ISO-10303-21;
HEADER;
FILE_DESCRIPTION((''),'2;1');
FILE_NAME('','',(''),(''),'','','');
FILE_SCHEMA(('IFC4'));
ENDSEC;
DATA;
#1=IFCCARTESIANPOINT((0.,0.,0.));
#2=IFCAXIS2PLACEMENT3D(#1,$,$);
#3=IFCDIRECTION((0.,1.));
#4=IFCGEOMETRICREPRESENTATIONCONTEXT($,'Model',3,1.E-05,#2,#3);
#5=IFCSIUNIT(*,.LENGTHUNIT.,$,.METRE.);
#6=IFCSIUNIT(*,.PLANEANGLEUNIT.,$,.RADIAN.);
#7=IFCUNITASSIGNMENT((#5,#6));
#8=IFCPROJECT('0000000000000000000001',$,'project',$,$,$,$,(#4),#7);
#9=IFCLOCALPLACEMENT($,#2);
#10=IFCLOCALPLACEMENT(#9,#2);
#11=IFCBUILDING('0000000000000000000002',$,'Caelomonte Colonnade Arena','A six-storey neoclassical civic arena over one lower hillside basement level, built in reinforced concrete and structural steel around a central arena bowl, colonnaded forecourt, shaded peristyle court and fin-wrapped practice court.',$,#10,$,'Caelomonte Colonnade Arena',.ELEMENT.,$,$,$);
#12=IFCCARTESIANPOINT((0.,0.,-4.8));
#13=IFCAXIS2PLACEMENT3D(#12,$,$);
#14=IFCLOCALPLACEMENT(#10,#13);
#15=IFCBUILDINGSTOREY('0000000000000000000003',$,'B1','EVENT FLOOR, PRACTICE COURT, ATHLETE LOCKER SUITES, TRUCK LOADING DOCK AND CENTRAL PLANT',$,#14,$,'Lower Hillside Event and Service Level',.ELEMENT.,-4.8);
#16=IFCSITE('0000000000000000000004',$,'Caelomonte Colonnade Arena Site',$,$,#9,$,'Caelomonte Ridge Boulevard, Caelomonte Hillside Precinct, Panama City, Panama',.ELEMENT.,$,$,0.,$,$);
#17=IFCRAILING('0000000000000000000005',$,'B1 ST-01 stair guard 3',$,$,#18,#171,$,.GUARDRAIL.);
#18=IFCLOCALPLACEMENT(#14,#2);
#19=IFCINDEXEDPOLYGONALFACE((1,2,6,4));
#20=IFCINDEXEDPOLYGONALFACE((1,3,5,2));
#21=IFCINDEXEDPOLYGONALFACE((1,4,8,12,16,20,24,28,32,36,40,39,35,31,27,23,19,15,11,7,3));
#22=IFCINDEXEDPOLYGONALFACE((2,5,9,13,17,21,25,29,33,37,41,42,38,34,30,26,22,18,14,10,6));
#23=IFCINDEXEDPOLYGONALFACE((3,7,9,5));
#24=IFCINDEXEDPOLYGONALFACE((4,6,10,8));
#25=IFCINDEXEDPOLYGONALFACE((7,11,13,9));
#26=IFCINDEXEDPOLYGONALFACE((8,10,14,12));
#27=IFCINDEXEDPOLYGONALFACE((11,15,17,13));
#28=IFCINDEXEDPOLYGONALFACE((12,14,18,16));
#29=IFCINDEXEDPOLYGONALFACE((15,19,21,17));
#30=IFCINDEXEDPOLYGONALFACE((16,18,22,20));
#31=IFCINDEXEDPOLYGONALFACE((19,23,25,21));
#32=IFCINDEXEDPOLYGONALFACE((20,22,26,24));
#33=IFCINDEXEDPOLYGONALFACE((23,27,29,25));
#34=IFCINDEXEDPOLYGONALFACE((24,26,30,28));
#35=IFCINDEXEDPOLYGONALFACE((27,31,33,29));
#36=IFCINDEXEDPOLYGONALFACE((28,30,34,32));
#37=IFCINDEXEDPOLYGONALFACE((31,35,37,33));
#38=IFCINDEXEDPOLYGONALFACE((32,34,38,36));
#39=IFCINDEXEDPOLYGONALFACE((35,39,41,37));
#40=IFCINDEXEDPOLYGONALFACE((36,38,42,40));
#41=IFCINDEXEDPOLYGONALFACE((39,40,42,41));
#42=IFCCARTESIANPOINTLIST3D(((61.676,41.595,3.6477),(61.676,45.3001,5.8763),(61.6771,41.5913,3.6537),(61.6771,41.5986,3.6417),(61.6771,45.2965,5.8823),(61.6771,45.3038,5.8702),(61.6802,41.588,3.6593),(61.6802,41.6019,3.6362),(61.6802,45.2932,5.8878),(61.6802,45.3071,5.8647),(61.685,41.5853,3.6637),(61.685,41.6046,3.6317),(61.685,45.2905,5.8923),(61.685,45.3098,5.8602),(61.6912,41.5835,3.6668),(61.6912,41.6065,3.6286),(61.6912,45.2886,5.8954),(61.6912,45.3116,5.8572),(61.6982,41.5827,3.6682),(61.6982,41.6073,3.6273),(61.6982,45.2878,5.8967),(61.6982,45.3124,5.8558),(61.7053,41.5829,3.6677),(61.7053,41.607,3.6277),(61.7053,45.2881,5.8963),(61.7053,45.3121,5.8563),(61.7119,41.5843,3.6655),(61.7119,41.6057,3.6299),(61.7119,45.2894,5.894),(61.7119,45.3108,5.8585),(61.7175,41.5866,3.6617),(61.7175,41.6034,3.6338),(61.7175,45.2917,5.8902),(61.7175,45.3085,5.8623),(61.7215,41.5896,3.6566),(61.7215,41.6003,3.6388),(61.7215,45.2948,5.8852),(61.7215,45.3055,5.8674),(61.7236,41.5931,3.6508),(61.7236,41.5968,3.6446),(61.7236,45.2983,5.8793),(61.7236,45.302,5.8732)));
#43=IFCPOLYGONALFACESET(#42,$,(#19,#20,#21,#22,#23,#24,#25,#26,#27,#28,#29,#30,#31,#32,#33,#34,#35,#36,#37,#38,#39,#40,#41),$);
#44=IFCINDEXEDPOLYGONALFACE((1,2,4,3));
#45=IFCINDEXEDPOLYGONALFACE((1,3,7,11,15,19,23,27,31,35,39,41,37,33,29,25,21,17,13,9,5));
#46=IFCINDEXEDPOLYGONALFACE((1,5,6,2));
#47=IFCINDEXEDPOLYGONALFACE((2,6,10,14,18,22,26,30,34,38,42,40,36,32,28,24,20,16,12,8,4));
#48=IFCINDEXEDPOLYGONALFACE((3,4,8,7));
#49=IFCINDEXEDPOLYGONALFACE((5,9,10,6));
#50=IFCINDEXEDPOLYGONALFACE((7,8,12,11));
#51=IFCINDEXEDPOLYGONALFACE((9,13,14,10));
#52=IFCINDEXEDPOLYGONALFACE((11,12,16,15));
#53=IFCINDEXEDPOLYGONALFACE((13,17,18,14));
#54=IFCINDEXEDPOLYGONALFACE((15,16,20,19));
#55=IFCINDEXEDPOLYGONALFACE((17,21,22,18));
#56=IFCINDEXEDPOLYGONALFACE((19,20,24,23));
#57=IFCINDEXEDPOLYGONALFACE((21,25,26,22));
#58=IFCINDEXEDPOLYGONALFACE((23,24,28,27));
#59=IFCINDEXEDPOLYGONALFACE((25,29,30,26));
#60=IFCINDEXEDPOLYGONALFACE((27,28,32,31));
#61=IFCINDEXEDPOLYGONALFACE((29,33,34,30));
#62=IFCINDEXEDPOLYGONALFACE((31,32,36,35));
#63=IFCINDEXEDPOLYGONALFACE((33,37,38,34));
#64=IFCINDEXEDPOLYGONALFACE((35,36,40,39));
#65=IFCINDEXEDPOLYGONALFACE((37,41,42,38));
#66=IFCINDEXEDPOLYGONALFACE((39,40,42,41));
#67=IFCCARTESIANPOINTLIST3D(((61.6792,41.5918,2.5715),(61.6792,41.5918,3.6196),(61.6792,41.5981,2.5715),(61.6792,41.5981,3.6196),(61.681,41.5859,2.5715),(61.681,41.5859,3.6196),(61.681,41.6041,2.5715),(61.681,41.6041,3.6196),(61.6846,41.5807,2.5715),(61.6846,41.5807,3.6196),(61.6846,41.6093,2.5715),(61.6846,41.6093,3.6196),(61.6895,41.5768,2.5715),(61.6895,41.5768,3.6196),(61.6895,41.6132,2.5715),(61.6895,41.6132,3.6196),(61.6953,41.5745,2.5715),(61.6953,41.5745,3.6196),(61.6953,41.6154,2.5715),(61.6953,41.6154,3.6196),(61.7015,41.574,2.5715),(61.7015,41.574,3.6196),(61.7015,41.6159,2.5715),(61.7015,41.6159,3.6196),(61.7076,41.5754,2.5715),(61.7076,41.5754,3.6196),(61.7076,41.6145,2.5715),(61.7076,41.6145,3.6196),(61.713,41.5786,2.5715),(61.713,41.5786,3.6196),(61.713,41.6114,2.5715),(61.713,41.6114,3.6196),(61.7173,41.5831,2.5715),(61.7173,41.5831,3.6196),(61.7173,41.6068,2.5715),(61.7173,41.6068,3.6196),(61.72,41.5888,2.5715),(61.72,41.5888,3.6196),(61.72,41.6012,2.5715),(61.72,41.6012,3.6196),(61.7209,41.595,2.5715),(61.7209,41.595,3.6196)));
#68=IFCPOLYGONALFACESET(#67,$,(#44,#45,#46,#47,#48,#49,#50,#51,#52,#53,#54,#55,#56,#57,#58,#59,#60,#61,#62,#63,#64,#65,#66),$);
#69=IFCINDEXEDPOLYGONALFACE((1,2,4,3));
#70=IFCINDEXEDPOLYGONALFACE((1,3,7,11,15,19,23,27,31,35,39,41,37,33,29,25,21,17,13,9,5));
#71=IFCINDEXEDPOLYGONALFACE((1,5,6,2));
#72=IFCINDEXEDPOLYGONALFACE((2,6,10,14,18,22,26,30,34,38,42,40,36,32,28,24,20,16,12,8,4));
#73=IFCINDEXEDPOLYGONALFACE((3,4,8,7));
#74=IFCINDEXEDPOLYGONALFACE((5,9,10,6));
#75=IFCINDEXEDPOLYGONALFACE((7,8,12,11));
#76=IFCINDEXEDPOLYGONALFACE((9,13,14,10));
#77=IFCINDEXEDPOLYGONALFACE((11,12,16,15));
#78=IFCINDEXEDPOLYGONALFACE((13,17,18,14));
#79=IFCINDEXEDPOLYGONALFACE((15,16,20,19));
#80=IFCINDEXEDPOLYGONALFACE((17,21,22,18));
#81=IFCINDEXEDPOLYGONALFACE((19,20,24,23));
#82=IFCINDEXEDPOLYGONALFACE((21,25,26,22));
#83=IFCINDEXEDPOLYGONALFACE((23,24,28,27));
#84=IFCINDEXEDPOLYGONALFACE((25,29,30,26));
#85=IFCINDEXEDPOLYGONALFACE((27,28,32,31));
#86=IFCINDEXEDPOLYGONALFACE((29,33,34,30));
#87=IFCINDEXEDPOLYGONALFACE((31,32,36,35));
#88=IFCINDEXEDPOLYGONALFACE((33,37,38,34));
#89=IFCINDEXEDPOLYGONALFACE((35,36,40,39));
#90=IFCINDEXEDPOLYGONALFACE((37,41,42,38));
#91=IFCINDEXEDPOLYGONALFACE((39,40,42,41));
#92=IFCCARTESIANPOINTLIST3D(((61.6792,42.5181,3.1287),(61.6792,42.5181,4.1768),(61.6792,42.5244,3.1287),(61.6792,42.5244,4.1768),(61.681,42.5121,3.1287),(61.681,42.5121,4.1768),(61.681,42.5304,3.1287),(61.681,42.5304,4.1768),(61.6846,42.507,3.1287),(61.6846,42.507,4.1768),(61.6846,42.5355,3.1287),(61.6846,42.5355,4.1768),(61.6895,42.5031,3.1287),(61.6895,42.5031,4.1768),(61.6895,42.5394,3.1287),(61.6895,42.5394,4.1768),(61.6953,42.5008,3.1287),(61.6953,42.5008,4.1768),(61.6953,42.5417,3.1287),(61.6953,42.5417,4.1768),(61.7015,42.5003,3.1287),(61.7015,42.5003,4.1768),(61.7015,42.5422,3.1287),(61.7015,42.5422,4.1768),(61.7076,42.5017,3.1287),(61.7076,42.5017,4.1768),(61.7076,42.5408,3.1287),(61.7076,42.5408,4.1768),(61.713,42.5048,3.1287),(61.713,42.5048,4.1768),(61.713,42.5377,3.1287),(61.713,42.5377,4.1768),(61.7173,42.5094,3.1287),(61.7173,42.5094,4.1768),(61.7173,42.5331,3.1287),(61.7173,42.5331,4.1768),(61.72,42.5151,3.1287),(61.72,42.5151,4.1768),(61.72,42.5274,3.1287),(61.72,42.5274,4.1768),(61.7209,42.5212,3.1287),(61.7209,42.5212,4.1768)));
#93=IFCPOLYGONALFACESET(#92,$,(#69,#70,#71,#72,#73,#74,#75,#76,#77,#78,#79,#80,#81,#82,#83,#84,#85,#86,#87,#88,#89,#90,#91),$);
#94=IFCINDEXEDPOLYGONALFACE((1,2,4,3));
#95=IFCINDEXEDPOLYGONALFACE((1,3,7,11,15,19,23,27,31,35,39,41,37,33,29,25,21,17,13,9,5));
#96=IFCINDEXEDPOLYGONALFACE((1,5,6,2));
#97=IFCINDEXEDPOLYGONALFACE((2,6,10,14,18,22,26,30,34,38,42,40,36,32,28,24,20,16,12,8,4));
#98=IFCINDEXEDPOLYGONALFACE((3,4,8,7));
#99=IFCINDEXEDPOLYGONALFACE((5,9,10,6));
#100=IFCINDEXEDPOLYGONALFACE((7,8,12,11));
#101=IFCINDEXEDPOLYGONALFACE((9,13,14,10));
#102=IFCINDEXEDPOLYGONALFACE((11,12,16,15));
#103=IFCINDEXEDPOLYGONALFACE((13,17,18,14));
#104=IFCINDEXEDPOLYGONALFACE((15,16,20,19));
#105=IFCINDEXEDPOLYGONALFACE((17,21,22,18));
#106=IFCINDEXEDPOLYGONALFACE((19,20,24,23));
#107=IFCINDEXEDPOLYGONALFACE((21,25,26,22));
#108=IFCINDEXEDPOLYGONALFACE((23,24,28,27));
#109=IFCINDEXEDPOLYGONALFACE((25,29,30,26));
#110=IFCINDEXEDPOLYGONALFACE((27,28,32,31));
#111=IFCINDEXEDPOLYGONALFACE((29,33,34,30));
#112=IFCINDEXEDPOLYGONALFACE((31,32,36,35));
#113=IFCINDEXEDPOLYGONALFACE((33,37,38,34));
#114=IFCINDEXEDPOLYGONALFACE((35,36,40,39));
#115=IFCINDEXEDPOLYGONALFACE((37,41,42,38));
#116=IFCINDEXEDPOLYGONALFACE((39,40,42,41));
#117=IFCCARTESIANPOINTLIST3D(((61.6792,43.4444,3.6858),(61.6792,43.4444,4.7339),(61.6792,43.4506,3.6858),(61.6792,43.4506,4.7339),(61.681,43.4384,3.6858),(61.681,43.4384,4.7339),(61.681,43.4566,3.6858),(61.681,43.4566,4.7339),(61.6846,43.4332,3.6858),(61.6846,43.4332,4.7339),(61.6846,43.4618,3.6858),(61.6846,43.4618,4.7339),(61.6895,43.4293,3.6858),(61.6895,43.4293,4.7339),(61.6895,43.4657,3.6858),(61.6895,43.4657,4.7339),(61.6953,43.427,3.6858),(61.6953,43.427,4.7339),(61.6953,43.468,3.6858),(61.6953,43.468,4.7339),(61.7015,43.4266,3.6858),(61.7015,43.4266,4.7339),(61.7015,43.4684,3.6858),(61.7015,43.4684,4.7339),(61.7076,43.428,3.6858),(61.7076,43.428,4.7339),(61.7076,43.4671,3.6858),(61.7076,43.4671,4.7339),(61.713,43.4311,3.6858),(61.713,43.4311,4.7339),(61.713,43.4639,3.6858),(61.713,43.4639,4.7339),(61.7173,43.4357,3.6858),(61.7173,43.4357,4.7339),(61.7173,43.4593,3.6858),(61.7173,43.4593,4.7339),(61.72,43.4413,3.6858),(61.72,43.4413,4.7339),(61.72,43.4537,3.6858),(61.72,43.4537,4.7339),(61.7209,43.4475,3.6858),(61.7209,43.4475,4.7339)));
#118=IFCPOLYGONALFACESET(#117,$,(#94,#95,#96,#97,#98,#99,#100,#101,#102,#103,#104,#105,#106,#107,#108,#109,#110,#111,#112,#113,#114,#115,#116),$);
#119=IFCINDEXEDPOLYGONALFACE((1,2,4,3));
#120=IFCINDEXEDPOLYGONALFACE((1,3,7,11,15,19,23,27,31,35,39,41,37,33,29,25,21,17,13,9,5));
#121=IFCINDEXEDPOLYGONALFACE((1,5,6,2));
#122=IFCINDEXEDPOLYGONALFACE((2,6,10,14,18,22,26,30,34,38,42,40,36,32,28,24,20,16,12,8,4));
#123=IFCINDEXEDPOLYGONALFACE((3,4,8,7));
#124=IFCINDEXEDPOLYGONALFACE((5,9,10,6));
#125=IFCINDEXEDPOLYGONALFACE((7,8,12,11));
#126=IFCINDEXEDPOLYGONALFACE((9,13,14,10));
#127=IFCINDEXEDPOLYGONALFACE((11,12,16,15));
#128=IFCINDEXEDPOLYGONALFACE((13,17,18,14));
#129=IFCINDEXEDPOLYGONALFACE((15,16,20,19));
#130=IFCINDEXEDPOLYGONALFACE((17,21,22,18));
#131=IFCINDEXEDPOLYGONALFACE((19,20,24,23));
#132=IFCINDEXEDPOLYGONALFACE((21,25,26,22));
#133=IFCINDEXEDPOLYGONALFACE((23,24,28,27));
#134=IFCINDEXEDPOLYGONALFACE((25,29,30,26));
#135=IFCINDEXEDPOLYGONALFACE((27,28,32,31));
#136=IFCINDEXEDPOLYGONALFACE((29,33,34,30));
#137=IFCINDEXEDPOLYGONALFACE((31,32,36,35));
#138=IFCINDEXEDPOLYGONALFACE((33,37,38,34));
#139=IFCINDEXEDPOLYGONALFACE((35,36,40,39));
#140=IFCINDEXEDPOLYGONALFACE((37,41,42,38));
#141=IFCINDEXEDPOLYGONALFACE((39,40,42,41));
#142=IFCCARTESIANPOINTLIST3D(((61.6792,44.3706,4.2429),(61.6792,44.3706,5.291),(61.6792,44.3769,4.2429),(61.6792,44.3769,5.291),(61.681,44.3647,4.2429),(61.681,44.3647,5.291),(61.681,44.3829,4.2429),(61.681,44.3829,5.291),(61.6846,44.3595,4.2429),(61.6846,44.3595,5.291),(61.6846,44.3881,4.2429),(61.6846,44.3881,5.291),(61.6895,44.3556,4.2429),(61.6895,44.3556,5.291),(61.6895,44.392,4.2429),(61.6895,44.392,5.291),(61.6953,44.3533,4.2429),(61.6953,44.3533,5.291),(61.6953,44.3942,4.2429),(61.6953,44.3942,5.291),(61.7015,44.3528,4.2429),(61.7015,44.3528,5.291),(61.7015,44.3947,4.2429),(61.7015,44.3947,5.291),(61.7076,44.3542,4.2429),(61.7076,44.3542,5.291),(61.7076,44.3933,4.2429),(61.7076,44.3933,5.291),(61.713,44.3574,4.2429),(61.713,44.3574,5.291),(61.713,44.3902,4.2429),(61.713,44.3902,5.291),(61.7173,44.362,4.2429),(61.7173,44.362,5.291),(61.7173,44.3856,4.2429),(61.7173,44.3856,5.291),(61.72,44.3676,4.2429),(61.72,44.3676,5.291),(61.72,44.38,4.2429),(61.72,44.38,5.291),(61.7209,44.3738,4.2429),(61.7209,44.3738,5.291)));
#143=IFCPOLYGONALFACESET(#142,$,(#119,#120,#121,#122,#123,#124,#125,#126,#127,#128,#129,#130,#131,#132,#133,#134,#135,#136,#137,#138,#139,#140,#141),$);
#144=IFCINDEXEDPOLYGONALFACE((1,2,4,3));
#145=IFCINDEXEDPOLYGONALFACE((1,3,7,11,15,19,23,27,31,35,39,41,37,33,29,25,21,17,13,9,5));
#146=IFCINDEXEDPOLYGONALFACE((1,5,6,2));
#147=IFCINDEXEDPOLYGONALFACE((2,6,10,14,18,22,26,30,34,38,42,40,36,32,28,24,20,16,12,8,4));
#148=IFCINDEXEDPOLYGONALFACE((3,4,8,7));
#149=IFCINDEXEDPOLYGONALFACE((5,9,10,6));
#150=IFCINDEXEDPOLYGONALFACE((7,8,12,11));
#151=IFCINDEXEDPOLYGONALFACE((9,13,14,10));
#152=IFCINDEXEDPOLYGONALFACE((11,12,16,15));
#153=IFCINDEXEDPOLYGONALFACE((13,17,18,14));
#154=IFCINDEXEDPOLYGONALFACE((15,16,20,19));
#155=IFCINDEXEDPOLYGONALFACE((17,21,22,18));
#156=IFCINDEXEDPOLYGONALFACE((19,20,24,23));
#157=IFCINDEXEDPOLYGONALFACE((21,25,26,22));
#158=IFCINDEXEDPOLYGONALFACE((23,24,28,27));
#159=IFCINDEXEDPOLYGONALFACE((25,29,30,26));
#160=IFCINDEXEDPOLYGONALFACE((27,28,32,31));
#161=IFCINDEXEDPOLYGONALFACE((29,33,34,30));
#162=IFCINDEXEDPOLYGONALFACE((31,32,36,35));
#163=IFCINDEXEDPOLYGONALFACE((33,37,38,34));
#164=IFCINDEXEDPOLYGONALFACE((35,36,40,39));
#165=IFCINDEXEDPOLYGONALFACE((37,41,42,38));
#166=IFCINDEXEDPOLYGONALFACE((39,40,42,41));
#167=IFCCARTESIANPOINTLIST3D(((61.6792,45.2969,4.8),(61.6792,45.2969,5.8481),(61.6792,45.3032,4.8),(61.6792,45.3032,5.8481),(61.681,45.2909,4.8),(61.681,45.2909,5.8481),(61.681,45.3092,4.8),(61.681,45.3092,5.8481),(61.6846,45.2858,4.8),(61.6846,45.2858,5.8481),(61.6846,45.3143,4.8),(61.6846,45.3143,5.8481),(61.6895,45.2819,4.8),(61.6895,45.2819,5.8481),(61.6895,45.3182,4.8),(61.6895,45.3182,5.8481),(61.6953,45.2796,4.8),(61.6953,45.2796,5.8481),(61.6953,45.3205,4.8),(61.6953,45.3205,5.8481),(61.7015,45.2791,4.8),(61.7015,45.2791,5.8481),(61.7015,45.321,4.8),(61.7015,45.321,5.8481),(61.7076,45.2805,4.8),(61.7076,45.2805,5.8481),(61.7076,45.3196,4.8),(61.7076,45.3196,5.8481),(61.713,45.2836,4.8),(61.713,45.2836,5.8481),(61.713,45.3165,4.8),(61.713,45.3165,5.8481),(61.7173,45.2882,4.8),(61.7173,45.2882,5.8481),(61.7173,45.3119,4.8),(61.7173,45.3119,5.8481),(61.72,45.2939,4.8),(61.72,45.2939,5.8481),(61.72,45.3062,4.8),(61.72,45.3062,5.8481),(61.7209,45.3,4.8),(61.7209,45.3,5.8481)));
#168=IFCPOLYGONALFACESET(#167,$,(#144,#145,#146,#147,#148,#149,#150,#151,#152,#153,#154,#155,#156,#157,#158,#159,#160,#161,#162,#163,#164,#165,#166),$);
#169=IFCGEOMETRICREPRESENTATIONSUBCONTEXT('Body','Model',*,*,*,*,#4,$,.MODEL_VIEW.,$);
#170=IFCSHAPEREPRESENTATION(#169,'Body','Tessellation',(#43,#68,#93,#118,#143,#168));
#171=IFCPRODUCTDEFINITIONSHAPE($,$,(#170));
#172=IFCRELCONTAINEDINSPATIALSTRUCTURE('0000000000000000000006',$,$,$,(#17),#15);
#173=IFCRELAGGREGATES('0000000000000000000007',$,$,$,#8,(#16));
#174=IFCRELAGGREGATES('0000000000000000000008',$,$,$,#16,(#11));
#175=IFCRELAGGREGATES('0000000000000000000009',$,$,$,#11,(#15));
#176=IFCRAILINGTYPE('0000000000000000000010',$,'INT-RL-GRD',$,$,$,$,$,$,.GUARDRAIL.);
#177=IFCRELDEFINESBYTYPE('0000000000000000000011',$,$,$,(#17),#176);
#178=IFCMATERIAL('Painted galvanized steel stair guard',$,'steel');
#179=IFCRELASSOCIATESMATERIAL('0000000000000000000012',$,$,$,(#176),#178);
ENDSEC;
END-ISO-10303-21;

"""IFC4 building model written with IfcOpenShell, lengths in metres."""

from ifc_helpers import new_model, si_unit, direction, frame, origin, origin_2d, place, context, subcontext, project, spatial, circle, extrude, material, type_object, element, save


model = new_model("IFC4")

# Units and contexts
model_context = context("Model", 3, precision=1e-05, world=origin(), true_north=direction((0.0, 1.0)))
body_context = subcontext(model_context, "Body", "Model", "MODEL_VIEW")
ifc_project = project(units=[si_unit("LENGTHUNIT", "METRE"), si_unit("PLANEANGLEUNIT", "RADIAN")], contexts=[model_context])

# Site, building, storey
site_placement = place(None, origin())
site = spatial("IfcSite", under=ifc_project, at=site_placement, Name="Caelomonte Colonnade Arena Site", LongName="Caelomonte Ridge Boulevard, Caelomonte Hillside Precinct, Panama City, Panama", CompositionType="ELEMENT", RefElevation=0.0)
building_placement = place(site_placement, origin())
building = spatial("IfcBuilding", under=site, at=building_placement, Name="Caelomonte Colonnade Arena", Description="A six-storey neoclassical civic arena over one lower hillside basement level, built in reinforced concrete and structural steel around a central arena bowl, colonnaded forecourt, shaded peristyle court and fin-wrapped practice court.", LongName="Caelomonte Colonnade Arena", CompositionType="ELEMENT")
storey_placement = place(building_placement, frame((0.0, 0.0, -4.8)))
storey = spatial("IfcBuildingStorey", under=building, at=storey_placement, Name="B1", Description="EVENT FLOOR, PRACTICE COURT, ATHLETE LOCKER SUITES, TRUCK LOADING DOCK AND CENTRAL PLANT", LongName="Lower Hillside Event and Service Level", CompositionType="ELEMENT", Elevation=-4.8)

# Railing
ifc_material_1 = material(Name="Painted galvanized steel stair guard", Category="steel")
railing_type_1 = type_object("IfcRailingType", Name="INT-RL-GRD", PredefinedType="GUARDRAIL", material=ifc_material_1)
railing_1_placement = place(storey_placement, frame((61.7, 41.595, 2.5715)))
element("IfcRailing", 1, at=railing_1_placement, inside=storey, type_object=railing_type_1, Name="B1 ST-01 stair guard 3", PredefinedType="GUARDRAIL", context=body_context, shape_type="SweptSolid", body=[
    extrude(circle(Radius=0.0239, at=origin_2d()), frame((0.0, 0.0, 1.0762), z_axis=(0.0, 0.856934, 0.515425), x_axis=(-1.0, 0.0, 0.0)), (0.0, 0.0, 1.0), 4.3237),
    extrude(circle(Radius=0.021, at=origin_2d()), origin(), (0.0, 0.0, 1.0), 1.0481),
    extrude(circle(Radius=0.021, at=origin_2d()), frame((0.0, 0.9263, 0.5571)), (0.0, 0.0, 1.0), 1.0481),
    extrude(circle(Radius=0.021, at=origin_2d()), frame((0.0, 1.8525, 1.1143)), (0.0, 0.0, 1.0), 1.0481),
    extrude(circle(Radius=0.021, at=origin_2d()), frame((0.0, 2.7788, 1.6714)), (0.0, 0.0, 1.0), 1.0481),
    extrude(circle(Radius=0.021, at=origin_2d()), frame((0.0, 3.7051, 2.2285)), (0.0, 0.0, 1.0), 1.0481),
])

save(model, "model.ifc")
